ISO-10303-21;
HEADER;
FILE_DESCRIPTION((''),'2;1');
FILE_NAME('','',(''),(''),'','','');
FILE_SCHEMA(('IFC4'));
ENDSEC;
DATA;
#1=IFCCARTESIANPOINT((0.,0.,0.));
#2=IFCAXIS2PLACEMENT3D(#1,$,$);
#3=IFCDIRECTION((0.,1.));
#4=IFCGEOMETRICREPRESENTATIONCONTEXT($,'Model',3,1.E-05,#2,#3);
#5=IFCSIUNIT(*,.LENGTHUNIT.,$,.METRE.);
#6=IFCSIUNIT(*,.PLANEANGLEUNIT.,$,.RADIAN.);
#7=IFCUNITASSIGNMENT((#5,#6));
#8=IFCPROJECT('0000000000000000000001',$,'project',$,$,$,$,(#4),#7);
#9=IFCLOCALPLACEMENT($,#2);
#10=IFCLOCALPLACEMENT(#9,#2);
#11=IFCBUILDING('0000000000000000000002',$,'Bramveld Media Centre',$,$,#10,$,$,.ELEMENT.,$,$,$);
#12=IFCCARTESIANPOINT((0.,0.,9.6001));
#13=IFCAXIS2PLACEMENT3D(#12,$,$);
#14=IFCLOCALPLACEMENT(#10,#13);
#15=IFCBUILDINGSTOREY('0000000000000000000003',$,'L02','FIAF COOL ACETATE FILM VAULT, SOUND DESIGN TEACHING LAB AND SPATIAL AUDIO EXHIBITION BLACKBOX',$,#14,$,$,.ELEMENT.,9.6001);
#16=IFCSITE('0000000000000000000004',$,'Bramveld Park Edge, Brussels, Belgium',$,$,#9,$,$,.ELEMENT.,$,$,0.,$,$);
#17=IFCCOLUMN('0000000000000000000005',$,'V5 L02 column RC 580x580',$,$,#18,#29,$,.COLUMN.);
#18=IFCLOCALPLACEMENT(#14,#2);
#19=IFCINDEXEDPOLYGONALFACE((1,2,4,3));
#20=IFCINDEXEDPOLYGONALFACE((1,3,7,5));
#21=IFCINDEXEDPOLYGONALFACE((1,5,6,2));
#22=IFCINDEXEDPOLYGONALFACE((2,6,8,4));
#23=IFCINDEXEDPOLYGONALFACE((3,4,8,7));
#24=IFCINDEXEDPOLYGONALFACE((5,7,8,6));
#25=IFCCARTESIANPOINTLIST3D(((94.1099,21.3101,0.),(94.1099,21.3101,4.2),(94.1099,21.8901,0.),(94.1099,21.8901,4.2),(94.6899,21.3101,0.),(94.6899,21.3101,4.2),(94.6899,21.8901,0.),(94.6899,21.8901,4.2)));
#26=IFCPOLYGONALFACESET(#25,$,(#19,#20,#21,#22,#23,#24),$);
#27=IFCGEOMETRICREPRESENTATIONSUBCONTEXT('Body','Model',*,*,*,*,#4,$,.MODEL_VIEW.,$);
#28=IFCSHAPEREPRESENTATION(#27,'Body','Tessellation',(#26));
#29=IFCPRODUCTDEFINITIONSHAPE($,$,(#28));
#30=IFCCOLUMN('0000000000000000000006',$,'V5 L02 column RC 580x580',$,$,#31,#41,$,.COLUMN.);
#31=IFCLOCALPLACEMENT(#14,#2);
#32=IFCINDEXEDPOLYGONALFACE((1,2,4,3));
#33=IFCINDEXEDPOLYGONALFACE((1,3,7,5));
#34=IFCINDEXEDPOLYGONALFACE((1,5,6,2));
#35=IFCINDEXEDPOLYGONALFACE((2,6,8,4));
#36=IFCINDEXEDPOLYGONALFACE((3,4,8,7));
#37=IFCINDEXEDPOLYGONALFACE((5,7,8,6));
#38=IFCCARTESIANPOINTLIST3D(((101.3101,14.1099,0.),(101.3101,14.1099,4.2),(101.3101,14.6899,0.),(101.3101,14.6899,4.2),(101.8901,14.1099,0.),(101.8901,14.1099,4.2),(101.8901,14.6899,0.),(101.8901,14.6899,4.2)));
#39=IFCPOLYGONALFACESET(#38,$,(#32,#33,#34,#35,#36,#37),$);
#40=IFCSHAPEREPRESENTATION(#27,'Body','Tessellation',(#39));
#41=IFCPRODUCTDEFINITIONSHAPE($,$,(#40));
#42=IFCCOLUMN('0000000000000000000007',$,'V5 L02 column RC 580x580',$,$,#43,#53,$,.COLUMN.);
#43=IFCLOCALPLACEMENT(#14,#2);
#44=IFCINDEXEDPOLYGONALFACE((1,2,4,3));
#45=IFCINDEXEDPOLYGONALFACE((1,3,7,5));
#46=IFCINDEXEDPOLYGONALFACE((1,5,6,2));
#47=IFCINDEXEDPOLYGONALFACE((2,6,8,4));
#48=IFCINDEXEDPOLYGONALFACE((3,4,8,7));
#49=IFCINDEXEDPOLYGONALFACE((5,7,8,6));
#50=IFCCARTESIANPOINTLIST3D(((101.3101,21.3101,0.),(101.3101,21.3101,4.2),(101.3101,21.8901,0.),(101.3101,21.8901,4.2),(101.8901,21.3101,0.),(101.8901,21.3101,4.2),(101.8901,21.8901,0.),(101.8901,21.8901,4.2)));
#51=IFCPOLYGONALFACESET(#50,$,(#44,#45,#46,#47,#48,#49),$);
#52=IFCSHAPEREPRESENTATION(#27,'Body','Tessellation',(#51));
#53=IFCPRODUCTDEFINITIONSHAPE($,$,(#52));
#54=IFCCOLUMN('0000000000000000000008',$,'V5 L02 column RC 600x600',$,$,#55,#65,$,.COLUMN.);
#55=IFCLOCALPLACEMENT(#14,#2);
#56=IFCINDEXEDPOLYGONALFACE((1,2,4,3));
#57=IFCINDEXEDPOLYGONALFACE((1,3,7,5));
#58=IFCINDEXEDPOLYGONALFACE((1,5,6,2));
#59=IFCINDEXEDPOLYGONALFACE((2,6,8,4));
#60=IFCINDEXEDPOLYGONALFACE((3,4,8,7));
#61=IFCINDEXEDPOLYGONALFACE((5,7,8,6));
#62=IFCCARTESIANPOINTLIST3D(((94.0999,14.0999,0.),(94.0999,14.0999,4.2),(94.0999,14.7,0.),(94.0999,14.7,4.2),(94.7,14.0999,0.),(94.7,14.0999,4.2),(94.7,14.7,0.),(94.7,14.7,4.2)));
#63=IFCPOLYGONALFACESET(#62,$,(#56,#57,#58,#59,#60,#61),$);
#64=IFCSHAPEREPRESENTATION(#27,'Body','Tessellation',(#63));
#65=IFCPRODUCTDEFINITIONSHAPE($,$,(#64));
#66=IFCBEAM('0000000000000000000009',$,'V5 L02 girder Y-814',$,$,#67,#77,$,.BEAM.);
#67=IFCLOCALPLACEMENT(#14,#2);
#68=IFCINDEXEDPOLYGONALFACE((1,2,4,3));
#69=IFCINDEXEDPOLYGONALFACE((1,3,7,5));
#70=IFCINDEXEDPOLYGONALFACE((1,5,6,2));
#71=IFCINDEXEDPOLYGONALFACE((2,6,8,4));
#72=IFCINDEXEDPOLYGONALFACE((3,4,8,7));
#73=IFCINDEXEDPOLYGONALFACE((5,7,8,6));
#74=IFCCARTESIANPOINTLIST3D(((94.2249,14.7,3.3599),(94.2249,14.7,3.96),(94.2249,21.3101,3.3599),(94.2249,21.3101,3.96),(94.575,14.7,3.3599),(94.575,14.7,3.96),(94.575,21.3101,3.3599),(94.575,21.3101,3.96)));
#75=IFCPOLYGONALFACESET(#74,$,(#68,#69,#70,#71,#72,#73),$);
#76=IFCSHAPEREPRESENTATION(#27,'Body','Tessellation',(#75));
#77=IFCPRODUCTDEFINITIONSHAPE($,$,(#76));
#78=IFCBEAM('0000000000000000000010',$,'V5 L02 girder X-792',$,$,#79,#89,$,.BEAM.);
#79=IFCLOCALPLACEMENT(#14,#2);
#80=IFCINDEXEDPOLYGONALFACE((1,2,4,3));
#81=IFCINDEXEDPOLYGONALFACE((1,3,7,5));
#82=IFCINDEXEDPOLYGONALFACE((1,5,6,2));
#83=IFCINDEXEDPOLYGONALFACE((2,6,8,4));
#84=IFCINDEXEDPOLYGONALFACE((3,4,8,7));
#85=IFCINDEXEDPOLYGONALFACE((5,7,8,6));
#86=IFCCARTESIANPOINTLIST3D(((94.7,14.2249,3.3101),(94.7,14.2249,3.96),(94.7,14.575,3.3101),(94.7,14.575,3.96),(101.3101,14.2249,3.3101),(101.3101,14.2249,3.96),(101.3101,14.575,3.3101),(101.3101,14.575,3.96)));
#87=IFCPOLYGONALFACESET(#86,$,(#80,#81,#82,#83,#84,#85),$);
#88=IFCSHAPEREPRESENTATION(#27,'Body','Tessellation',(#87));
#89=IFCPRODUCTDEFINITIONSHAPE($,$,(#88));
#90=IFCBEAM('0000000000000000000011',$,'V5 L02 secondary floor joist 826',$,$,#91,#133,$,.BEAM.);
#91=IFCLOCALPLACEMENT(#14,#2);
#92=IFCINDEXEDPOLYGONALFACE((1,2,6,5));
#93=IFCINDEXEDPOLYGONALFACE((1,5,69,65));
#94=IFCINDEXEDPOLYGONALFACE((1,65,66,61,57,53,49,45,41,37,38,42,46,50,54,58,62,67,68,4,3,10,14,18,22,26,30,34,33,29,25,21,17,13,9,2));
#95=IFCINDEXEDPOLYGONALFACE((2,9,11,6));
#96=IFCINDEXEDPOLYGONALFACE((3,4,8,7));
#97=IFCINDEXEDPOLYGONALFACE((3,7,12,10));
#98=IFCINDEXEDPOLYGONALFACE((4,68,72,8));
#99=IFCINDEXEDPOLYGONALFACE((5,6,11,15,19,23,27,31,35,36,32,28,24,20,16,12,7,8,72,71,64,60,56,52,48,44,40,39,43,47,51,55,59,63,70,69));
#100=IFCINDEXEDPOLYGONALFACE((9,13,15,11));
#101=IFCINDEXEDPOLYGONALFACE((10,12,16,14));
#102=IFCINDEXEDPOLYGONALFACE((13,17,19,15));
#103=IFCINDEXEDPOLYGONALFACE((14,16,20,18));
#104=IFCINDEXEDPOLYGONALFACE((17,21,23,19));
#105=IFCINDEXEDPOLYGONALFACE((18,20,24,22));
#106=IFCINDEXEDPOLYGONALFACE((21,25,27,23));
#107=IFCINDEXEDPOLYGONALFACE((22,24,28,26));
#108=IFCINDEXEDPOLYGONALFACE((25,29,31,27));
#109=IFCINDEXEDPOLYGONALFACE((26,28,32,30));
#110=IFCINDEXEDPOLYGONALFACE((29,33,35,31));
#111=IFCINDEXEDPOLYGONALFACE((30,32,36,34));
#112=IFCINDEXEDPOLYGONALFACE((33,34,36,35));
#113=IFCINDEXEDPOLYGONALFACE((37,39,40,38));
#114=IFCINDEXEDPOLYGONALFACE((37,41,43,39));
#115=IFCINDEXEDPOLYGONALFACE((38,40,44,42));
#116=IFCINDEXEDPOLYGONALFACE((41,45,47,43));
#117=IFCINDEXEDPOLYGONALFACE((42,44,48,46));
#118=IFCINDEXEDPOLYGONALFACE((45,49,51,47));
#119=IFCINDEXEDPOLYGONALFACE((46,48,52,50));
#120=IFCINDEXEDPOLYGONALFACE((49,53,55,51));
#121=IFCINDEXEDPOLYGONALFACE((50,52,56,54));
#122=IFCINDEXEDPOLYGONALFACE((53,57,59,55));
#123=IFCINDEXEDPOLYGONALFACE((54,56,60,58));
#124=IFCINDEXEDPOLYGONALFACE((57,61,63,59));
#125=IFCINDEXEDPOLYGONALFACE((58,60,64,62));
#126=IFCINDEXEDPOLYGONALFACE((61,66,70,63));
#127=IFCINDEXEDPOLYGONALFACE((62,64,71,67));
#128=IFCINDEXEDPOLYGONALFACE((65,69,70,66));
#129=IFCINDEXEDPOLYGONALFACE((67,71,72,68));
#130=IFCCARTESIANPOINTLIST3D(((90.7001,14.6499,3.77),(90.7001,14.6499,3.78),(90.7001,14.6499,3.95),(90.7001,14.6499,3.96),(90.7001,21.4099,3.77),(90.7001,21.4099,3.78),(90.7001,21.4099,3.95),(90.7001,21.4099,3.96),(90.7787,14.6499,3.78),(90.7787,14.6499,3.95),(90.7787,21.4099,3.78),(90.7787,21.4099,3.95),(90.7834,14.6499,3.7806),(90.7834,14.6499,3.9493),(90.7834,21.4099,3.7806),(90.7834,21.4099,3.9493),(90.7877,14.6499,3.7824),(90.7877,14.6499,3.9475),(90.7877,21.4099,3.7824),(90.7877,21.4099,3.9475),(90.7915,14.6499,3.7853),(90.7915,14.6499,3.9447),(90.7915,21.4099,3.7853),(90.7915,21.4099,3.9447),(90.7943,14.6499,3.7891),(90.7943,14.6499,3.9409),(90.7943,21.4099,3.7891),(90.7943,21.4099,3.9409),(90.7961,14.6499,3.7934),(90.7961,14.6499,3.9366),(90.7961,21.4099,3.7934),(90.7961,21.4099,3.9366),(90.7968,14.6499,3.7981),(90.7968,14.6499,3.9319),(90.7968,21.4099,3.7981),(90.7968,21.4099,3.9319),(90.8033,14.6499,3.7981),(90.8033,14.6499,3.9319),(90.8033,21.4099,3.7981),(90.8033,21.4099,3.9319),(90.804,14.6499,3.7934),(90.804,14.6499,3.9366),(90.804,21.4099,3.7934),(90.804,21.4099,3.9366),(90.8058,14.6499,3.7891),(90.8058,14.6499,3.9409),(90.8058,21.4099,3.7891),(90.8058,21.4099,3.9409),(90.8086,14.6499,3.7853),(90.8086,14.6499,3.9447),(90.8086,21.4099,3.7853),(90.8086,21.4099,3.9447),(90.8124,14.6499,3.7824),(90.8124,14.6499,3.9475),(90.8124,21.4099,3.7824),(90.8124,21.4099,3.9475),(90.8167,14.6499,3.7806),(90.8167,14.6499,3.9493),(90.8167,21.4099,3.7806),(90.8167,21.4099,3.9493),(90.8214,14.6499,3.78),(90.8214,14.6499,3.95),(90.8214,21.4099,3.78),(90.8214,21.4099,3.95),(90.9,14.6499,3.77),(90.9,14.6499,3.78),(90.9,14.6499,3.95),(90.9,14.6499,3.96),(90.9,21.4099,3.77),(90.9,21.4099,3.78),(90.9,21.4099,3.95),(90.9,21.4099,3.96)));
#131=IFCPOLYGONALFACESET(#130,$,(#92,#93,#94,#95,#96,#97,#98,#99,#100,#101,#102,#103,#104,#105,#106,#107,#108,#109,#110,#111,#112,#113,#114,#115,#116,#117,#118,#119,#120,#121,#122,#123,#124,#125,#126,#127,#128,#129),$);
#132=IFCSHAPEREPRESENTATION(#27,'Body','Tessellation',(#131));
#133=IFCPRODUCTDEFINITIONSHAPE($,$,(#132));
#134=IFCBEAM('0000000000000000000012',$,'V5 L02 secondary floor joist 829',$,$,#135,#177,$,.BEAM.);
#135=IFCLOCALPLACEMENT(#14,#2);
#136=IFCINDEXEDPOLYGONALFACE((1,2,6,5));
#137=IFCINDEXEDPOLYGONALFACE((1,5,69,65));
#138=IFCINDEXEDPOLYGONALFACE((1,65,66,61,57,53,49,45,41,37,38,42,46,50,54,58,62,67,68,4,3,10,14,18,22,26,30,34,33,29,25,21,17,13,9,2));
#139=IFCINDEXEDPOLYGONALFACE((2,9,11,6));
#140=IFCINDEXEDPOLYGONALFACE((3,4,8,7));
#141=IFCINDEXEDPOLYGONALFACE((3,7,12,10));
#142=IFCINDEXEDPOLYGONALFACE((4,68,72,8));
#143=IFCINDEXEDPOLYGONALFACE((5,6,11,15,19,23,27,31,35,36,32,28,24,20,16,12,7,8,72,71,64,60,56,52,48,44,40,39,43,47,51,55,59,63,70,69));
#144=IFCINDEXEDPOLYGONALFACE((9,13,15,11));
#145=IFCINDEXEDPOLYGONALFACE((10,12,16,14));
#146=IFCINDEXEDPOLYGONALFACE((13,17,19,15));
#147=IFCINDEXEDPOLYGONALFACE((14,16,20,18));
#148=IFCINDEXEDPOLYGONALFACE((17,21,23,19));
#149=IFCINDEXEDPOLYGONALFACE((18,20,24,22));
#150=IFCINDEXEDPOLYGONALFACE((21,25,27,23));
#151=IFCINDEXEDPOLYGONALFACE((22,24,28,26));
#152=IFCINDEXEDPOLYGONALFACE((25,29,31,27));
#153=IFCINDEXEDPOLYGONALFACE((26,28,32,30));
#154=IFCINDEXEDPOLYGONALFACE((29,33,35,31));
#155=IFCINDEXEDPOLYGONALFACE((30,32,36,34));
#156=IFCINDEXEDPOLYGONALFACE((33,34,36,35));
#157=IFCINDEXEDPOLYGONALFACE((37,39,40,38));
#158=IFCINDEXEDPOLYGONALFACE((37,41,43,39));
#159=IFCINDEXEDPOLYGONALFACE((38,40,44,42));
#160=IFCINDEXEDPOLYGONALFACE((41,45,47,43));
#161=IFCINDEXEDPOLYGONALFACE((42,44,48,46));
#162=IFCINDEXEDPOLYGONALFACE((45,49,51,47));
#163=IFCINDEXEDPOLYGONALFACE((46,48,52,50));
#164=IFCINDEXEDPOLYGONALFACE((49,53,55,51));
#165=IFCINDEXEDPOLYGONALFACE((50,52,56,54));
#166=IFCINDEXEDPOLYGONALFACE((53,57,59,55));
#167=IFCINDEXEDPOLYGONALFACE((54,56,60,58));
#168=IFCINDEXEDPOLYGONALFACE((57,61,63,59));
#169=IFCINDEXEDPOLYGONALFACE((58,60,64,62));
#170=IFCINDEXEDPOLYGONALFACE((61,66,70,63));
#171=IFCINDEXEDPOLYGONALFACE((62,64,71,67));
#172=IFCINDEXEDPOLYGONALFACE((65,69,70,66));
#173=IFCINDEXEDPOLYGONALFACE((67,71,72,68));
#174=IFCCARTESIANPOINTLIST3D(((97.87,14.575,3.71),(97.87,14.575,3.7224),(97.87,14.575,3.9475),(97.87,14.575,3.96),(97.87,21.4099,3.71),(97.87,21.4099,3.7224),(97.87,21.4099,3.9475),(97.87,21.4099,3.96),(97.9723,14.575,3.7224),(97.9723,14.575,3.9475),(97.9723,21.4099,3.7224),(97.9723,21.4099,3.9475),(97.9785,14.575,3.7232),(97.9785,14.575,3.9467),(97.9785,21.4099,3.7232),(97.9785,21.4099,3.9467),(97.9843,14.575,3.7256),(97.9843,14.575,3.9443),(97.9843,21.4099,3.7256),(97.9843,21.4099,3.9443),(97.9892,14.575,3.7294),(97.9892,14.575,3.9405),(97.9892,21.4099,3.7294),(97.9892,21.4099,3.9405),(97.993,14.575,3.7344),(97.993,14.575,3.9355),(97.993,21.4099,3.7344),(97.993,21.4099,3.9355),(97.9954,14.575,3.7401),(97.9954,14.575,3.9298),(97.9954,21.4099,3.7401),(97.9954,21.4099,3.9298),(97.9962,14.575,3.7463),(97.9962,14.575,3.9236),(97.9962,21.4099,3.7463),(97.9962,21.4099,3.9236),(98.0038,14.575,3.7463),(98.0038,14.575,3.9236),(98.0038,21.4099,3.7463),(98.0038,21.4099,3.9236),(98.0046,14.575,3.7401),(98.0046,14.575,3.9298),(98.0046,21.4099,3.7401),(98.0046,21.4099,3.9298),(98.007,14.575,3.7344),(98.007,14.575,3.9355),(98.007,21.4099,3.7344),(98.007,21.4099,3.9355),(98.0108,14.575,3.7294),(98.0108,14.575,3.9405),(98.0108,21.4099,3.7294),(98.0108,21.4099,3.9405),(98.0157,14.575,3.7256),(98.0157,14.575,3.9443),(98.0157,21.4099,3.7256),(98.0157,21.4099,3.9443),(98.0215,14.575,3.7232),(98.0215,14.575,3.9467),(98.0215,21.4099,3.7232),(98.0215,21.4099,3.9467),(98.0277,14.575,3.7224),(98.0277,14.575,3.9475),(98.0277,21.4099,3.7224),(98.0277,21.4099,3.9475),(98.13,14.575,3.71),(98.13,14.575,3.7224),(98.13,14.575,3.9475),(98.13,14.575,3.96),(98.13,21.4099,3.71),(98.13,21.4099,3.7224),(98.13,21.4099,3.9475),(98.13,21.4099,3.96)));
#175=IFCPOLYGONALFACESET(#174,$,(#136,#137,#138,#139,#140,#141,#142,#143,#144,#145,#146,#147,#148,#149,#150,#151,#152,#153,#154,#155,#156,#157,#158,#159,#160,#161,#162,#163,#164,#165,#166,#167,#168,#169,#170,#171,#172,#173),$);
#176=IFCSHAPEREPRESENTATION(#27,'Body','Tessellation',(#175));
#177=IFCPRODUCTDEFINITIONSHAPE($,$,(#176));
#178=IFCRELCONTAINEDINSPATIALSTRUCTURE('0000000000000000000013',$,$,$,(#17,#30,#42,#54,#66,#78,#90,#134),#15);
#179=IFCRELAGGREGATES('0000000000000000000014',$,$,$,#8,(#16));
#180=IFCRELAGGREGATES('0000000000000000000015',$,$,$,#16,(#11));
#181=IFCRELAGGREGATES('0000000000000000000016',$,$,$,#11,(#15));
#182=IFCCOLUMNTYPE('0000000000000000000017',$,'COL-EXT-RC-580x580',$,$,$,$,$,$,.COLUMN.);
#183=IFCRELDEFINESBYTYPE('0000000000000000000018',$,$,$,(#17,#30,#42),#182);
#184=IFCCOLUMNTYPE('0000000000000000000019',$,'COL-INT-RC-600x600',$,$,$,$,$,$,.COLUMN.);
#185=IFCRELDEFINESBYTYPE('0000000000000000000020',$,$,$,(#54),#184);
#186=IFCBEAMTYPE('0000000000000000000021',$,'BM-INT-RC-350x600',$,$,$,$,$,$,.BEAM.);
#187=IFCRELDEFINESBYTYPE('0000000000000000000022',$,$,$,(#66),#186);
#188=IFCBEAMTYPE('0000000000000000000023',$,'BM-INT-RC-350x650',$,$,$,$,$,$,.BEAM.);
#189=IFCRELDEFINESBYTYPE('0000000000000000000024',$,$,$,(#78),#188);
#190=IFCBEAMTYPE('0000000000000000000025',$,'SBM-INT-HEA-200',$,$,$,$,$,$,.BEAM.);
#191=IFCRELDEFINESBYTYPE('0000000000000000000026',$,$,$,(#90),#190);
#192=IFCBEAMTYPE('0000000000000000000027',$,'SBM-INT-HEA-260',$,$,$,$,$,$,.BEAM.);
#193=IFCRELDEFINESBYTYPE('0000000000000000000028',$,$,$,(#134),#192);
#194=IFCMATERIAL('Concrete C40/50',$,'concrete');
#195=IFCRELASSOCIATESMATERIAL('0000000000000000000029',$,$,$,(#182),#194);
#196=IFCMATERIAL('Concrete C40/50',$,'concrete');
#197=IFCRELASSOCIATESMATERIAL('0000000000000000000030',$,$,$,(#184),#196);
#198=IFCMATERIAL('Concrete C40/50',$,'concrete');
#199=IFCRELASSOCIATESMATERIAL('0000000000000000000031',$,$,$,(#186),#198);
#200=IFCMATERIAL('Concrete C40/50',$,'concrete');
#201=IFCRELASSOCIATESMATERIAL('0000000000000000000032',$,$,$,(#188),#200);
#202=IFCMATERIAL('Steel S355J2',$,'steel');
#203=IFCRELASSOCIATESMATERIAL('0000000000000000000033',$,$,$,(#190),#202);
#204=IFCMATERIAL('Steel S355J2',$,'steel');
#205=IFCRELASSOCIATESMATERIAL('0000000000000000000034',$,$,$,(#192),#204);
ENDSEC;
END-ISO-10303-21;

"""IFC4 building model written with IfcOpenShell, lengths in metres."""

from ifc_helpers import new_model, si_unit, direction, frame, origin, origin_2d, place, context, subcontext, project, spatial, rectangle, i_section, extrude, material, material_profile, profile_set, type_object, element, save


model = new_model("IFC4")

# Units and contexts
model_context = context("Model", 3, precision=1e-05, world=origin(), true_north=direction((0.0, 1.0)))
body_context = subcontext(model_context, "Body", "Model", "MODEL_VIEW")
ifc_project = project(units=[si_unit("LENGTHUNIT", "METRE"), si_unit("PLANEANGLEUNIT", "RADIAN")], contexts=[model_context])

# Site, building, storey
site_placement = place(None, origin())
site = spatial("IfcSite", under=ifc_project, at=site_placement, Name="Bramveld Park Edge, Brussels, Belgium", CompositionType="ELEMENT", RefElevation=0.0)
building_placement = place(site_placement, origin())
building = spatial("IfcBuilding", under=site, at=building_placement, Name="Bramveld Media Centre", CompositionType="ELEMENT")
storey_placement = place(building_placement, frame((0.0, 0.0, 9.6001)))
storey = spatial("IfcBuildingStorey", under=building, at=storey_placement, Name="L02", Description="FIAF COOL ACETATE FILM VAULT, SOUND DESIGN TEACHING LAB AND SPATIAL AUDIO EXHIBITION BLACKBOX", CompositionType="ELEMENT", Elevation=9.6001)

# Columns
ifc_material_1 = material(Name="Concrete C40/50", Category="concrete")
ifc_material_profile_1 = material_profile(ifc_material_1, rectangle(XDim=0.5801, YDim=0.5801, at=origin_2d()), Name="RC 580x580")
ifc_profile_set_1 = profile_set([ifc_material_profile_1], Name="Concrete C40/50")
column_type_1 = type_object("IfcColumnType", Name="COL-EXT-RC-580x580", PredefinedType="COLUMN", material=ifc_profile_set_1)
for number, where, z_axis, x_axis, name in (
    (1, (94.3999, 21.6001, 0.0), (0.0, 0.0, 1.0), (1.0, 0.0, 0.0), "V5 L02 column RC 580x580"),
    (2, (101.6001, 14.3999, 0.0), (0.0, 0.0, 1.0), (1.0, 0.0, 0.0), "V5 L02 column RC 580x580"),
    (3, (101.6001, 21.6001, 0.0), (0.0, 0.0, 1.0), (1.0, 0.0, 0.0), "V5 L02 column RC 580x580"),
):
    element("IfcColumn", number, at=place(storey_placement, frame(where, z_axis=z_axis, x_axis=x_axis)), inside=storey, type_object=column_type_1, Name=name, PredefinedType="COLUMN", context=body_context, shape_type="SweptSolid", body=[
        extrude(rectangle(XDim=0.5801, YDim=0.5801, at=origin_2d()), origin(), (0.0, 0.0, 1.0), 4.2),
    ])
ifc_material_2 = material(Name="Concrete C40/50", Category="concrete")
ifc_material_profile_2 = material_profile(ifc_material_2, rectangle(XDim=0.6001, YDim=0.6001, at=origin_2d()), Name="RC 600x600")
ifc_profile_set_2 = profile_set([ifc_material_profile_2], Name="Concrete C40/50")
column_type_2 = type_object("IfcColumnType", Name="COL-INT-RC-600x600", PredefinedType="COLUMN", material=ifc_profile_set_2)
column_placement = place(storey_placement, frame((94.3999, 14.3999, 0.0), z_axis=(0.0, 0.0, 1.0), x_axis=(1.0, 0.0, 0.0)))
element("IfcColumn", 4, at=column_placement, inside=storey, type_object=column_type_2, Name="V5 L02 column RC 600x600", PredefinedType="COLUMN", context=body_context, shape_type="SweptSolid", body=[
    extrude(rectangle(XDim=0.6001, YDim=0.6001, at=origin_2d()), origin(), (0.0, 0.0, 1.0), 4.2),
])

# Beams
ifc_material_3 = material(Name="Concrete C40/50", Category="concrete")
ifc_material_profile_3 = material_profile(ifc_material_3, rectangle(XDim=0.3501, YDim=0.6001, at=origin_2d()), Name="RC 350x600")
ifc_profile_set_3 = profile_set([ifc_material_profile_3], Name="Concrete C40/50")
beam_type_1 = type_object("IfcBeamType", Name="BM-INT-RC-350x600", PredefinedType="BEAM", material=ifc_profile_set_3)
beam_1_placement = place(storey_placement, frame((94.3999, 14.7, 3.6599), z_axis=(0.0, 1.0, 0.0), x_axis=(-1.0, 0.0, 0.0)))
element("IfcBeam", 5, at=beam_1_placement, inside=storey, type_object=beam_type_1, Name="V5 L02 girder Y-814", PredefinedType="BEAM", context=body_context, shape_type="SweptSolid", body=[
    extrude(rectangle(XDim=0.3501, YDim=0.6001, at=origin_2d()), origin(), (0.0, 0.0, 1.0), 6.6101),
])
ifc_material_4 = material(Name="Concrete C40/50", Category="concrete")
ifc_material_profile_4 = material_profile(ifc_material_4, rectangle(XDim=0.3501, YDim=0.6499, at=origin_2d()), Name="RC 350x650")
ifc_profile_set_4 = profile_set([ifc_material_profile_4], Name="Concrete C40/50")
beam_type_2 = type_object("IfcBeamType", Name="BM-INT-RC-350x650", PredefinedType="BEAM", material=ifc_profile_set_4)
beam_2_placement = place(storey_placement, frame((94.7, 14.3999, 3.635), z_axis=(1.0, 0.0, 0.0), x_axis=(0.0, 1.0, 0.0)))
element("IfcBeam", 6, at=beam_2_placement, inside=storey, type_object=beam_type_2, Name="V5 L02 girder X-792", PredefinedType="BEAM", context=body_context, shape_type="SweptSolid", body=[
    extrude(rectangle(XDim=0.3501, YDim=0.6499, at=origin_2d()), origin(), (0.0, 0.0, 1.0), 6.6101),
])
ifc_material_5 = material(Name="Steel S355J2", Category="steel")
ifc_material_profile_5 = material_profile(ifc_material_5, i_section(OverallWidth=0.2, OverallDepth=0.1899, WebThickness=0.0066, FlangeThickness=0.01, FilletRadius=0.0181, at=origin_2d()), Name="HEA 200")
ifc_profile_set_5 = profile_set([ifc_material_profile_5], Name="Steel S355J2")
beam_type_3 = type_object("IfcBeamType", Name="SBM-INT-HEA-200", PredefinedType="BEAM", material=ifc_profile_set_5)
beam_3_placement = place(storey_placement, frame((90.8, 14.6499, 3.865), z_axis=(0.0, 1.0, 0.0), x_axis=(-1.0, 0.0, 0.0)))
element("IfcBeam", 7, at=beam_3_placement, inside=storey, type_object=beam_type_3, Name="V5 L02 secondary floor joist 826", PredefinedType="BEAM", context=body_context, shape_type="SweptSolid", body=[
    extrude(i_section(OverallWidth=0.2, OverallDepth=0.1899, WebThickness=0.0066, FlangeThickness=0.01, FilletRadius=0.0181, at=origin_2d()), origin(), (0.0, 0.0, 1.0), 6.76),
])
ifc_material_6 = material(Name="Steel S355J2", Category="steel")
ifc_material_profile_6 = material_profile(ifc_material_6, i_section(OverallWidth=0.26, OverallDepth=0.25, WebThickness=0.0076, FlangeThickness=0.0125, FilletRadius=0.0239, at=origin_2d()), Name="HEA 260")
ifc_profile_set_6 = profile_set([ifc_material_profile_6], Name="Steel S355J2")
beam_type_4 = type_object("IfcBeamType", Name="SBM-INT-HEA-260", PredefinedType="BEAM", material=ifc_profile_set_6)
beam_4_placement = place(storey_placement, frame((98.0, 14.575, 3.835), z_axis=(0.0, 1.0, 0.0), x_axis=(-1.0, 0.0, 0.0)))
element("IfcBeam", 8, at=beam_4_placement, inside=storey, type_object=beam_type_4, Name="V5 L02 secondary floor joist 829", PredefinedType="BEAM", context=body_context, shape_type="SweptSolid", body=[
    extrude(i_section(OverallWidth=0.26, OverallDepth=0.25, WebThickness=0.0076, FlangeThickness=0.0125, FilletRadius=0.0239, at=origin_2d()), origin(), (0.0, 0.0, 1.0), 6.835),
])

save(model, "model.ifc")
